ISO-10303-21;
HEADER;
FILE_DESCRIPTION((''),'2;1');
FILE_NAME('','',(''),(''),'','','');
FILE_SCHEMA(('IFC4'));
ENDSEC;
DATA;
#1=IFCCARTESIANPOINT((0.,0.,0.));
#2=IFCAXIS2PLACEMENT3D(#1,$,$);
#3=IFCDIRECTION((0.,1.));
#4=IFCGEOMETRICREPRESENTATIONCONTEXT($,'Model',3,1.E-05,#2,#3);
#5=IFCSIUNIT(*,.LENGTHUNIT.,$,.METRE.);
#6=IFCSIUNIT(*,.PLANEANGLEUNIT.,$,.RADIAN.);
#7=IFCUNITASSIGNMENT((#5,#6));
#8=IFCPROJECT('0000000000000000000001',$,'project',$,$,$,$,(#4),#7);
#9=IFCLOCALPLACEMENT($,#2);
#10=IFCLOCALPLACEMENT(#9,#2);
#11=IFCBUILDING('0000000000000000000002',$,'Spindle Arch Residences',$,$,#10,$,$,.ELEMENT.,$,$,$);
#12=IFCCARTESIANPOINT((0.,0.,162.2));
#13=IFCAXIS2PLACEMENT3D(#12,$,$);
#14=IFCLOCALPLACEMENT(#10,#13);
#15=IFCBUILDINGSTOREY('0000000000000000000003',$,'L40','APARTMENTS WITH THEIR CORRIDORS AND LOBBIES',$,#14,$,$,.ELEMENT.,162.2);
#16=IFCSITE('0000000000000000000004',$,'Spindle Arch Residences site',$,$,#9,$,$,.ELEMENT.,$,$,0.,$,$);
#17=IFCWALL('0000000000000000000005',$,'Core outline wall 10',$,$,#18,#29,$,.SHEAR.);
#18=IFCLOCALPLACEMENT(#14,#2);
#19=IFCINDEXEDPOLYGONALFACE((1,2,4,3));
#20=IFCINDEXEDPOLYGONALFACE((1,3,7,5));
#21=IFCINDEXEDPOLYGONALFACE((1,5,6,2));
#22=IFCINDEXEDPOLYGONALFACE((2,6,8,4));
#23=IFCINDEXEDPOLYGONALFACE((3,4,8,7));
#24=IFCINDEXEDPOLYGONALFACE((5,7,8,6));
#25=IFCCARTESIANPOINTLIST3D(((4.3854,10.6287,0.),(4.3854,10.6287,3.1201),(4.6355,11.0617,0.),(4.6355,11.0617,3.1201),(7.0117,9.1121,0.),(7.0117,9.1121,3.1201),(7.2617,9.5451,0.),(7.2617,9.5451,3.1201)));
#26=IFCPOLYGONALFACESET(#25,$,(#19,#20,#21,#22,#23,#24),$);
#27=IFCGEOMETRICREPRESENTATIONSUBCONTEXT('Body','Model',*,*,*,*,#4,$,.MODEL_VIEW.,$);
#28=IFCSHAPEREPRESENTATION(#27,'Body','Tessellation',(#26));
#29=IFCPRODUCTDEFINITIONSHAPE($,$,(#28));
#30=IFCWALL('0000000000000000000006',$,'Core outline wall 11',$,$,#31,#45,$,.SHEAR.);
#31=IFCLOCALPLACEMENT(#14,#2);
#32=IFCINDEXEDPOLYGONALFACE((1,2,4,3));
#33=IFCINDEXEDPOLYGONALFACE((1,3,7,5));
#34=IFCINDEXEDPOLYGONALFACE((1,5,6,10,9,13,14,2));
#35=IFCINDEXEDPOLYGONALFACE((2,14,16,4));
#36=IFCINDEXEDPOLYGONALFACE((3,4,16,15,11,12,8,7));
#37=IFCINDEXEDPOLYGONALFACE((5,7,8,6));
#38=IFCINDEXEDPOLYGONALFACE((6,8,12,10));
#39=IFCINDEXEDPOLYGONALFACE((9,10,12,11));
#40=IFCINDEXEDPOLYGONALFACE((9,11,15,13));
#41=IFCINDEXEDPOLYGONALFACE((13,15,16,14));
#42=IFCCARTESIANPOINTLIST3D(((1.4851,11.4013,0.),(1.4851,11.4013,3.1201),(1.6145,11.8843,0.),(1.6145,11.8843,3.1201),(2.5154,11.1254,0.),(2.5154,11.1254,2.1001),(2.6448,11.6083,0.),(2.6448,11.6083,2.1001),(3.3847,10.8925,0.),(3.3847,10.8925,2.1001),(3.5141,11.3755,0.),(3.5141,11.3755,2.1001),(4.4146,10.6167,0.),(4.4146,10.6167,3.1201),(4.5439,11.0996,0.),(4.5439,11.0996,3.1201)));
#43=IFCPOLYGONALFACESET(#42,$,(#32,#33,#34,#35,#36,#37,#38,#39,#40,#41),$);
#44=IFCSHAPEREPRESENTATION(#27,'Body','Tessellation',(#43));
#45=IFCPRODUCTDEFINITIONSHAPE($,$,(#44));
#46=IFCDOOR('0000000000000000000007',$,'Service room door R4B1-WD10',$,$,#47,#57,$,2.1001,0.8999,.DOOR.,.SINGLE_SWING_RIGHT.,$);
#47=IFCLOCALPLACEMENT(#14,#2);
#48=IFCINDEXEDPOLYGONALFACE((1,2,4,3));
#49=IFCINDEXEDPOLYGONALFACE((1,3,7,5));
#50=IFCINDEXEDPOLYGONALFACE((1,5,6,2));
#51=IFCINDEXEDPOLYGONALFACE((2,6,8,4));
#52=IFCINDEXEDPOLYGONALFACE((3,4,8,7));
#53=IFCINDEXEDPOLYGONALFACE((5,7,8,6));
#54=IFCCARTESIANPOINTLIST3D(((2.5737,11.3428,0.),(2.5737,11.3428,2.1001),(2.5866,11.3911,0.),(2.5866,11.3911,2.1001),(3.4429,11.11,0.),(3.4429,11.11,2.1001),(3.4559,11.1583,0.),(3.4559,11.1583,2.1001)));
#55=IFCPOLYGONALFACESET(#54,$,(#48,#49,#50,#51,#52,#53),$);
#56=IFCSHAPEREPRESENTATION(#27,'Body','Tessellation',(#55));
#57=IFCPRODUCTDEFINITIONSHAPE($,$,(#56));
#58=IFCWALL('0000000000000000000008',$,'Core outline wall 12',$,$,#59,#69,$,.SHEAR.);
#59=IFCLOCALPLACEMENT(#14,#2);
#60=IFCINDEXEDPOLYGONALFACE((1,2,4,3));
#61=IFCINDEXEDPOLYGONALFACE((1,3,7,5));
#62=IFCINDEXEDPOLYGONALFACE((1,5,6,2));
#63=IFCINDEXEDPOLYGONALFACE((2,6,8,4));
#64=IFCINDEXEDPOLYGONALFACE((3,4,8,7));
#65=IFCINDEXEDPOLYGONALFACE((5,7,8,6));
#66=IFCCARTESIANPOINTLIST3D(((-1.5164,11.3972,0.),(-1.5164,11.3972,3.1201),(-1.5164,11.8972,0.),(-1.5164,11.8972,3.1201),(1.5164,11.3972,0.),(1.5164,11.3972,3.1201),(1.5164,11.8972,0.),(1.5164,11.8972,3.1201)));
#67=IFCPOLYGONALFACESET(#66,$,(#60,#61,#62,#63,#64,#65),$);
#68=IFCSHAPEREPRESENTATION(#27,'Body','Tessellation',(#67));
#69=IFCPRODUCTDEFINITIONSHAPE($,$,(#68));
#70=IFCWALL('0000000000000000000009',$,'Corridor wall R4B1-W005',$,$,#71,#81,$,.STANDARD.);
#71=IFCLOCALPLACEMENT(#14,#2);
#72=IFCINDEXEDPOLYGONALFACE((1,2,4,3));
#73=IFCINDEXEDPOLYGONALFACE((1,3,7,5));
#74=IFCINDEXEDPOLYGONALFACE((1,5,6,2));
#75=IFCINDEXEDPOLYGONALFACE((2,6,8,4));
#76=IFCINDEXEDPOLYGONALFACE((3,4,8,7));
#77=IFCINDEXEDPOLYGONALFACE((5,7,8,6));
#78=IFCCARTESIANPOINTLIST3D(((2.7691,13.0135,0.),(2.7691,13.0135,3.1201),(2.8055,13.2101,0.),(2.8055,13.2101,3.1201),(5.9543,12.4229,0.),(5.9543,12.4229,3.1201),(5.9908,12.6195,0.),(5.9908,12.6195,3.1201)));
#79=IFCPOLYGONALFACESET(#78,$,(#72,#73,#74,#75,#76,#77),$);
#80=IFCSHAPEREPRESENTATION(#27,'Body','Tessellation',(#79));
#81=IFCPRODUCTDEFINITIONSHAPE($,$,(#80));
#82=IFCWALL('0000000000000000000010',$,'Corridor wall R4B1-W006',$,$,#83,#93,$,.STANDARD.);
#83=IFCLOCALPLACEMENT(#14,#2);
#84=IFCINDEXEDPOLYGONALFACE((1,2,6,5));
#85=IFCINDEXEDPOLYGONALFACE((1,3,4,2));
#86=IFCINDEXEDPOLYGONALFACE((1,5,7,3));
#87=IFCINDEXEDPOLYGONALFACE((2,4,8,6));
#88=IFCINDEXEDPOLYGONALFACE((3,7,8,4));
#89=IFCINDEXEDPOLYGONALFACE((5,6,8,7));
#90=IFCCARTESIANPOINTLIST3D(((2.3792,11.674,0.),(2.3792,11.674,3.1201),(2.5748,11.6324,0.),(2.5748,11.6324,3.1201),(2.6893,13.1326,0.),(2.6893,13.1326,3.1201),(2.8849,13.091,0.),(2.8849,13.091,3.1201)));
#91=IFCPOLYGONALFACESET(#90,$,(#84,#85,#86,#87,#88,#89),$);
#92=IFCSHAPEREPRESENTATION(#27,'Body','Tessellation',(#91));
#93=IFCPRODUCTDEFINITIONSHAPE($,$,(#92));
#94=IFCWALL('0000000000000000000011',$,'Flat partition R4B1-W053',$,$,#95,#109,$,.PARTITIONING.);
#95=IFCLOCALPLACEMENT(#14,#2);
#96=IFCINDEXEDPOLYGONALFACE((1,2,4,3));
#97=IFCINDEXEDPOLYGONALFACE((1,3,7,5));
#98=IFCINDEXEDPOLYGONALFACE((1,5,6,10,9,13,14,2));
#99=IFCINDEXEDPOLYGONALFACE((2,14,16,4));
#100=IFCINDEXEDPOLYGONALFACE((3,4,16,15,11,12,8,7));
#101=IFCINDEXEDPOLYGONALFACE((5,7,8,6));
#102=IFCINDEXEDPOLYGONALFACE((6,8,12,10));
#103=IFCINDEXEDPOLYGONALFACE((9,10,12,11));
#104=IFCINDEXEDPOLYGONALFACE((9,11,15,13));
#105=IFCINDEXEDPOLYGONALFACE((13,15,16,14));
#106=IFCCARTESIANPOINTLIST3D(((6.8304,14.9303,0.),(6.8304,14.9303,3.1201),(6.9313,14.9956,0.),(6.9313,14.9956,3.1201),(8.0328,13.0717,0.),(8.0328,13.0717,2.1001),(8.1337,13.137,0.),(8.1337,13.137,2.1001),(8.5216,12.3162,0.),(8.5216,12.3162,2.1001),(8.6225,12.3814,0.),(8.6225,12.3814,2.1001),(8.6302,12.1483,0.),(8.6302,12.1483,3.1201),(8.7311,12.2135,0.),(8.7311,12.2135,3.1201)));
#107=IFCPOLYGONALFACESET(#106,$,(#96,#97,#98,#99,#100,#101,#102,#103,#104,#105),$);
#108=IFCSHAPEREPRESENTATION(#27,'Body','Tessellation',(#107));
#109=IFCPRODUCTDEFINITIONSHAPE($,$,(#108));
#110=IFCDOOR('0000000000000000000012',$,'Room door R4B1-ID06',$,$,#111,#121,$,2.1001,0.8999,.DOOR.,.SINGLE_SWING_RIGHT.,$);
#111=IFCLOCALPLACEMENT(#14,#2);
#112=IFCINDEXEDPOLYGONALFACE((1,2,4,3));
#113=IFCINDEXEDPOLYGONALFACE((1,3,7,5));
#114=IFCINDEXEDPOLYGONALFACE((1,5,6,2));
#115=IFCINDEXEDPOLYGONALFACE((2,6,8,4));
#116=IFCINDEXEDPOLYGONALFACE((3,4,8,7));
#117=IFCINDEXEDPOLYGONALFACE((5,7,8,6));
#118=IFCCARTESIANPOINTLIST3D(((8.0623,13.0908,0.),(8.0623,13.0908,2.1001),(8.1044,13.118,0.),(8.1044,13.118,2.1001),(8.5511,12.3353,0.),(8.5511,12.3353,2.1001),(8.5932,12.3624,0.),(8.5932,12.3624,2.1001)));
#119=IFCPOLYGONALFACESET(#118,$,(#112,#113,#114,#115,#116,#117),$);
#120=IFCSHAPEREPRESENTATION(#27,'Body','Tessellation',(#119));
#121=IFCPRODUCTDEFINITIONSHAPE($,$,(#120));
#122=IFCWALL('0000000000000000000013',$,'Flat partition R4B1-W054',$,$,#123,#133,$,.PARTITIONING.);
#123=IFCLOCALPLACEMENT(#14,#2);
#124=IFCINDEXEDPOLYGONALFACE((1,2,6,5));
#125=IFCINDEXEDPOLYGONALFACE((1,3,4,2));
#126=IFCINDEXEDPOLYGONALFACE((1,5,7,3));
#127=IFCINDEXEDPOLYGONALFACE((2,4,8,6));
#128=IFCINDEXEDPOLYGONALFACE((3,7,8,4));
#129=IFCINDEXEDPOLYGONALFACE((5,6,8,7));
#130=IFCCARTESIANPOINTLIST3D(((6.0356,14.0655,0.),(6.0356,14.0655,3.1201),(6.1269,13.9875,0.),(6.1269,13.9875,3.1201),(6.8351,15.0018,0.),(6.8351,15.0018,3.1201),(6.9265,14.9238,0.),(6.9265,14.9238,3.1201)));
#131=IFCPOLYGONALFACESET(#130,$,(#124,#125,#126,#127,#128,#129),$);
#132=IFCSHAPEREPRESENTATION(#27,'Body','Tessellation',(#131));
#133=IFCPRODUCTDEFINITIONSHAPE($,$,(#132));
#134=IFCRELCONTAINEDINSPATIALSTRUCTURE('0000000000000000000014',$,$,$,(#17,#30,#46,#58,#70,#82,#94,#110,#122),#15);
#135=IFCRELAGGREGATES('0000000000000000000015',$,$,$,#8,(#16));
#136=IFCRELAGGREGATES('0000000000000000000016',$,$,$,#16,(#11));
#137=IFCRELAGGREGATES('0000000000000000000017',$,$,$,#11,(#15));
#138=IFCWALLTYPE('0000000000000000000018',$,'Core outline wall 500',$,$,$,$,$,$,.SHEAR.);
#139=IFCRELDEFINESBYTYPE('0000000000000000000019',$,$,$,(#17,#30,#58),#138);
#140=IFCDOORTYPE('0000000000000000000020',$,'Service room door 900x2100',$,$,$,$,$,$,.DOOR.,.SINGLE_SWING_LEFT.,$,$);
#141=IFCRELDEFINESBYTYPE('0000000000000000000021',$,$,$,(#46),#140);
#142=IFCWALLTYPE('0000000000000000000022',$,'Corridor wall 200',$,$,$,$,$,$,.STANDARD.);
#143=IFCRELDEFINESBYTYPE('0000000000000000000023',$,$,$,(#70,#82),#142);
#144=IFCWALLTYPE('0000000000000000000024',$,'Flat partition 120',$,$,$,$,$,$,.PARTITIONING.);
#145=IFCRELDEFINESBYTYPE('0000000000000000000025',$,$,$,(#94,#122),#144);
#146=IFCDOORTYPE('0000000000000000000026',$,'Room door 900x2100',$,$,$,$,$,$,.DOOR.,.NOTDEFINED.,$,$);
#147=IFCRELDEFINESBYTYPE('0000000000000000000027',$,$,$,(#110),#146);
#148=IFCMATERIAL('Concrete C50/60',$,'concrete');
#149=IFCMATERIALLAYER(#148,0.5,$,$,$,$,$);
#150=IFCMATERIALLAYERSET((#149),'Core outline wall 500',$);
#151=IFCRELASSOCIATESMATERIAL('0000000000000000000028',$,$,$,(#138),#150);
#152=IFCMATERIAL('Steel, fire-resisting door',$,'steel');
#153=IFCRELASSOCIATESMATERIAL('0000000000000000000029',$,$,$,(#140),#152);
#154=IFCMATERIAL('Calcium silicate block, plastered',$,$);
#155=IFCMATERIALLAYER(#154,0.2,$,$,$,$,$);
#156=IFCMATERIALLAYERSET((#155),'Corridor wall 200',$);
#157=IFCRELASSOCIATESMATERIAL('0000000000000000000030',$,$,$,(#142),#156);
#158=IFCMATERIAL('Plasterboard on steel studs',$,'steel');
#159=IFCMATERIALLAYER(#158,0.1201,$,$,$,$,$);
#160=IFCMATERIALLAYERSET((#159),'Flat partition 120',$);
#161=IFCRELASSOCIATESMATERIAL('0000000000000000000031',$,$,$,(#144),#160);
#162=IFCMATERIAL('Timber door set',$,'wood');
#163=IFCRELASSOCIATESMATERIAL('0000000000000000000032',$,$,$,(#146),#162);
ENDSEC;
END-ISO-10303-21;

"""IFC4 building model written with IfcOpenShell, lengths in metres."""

from ifc_helpers import new_model, si_unit, direction, frame, frame_2d, origin, place, context, subcontext, project, spatial, rectangle, extrude, material, layer, layer_set, type_object, element, fill, save


model = new_model("IFC4")

# Units and contexts
model_context = context("Model", 3, precision=1e-05, world=origin(), true_north=direction((0.0, 1.0)))
body_context = subcontext(model_context, "Body", "Model", "MODEL_VIEW")
ifc_project = project(units=[si_unit("LENGTHUNIT", "METRE"), si_unit("PLANEANGLEUNIT", "RADIAN")], contexts=[model_context])

# Site, building, storey
site_placement = place(None, origin())
site = spatial("IfcSite", under=ifc_project, at=site_placement, Name="Spindle Arch Residences site", CompositionType="ELEMENT", RefElevation=0.0)
building_placement = place(site_placement, origin())
building = spatial("IfcBuilding", under=site, at=building_placement, Name="Spindle Arch Residences", CompositionType="ELEMENT")
storey_placement = place(building_placement, frame((0.0, 0.0, 162.2)))
storey = spatial("IfcBuildingStorey", under=building, at=storey_placement, Name="L40", Description="APARTMENTS WITH THEIR CORRIDORS AND LOBBIES", CompositionType="ELEMENT", Elevation=162.2)

# Wall
ifc_material_1 = material(Name="Concrete C50/60", Category="concrete")
ifc_layer_1 = layer(ifc_material_1, 0.5)
ifc_layer_set_1 = layer_set([ifc_layer_1], Name="Core outline wall 500")
wall_type_1 = type_object("IfcWallType", Name="Core outline wall 500", PredefinedType="SHEAR", material=ifc_layer_set_1)
wall_1_placement = place(storey_placement, frame((7.1367, 9.3286, 0.0), z_axis=(0.0, 0.0, 1.0), x_axis=(-0.865975, 0.500087, 0.0)))
element("IfcWall", 1, at=wall_1_placement, inside=storey, type_object=wall_type_1, Name="Core outline wall 10", PredefinedType="SHEAR", context=body_context, shape_type="SweptSolid", body=[
    extrude(rectangle(XDim=3.0327, YDim=0.5, at=frame_2d((1.5164, 0.0))), origin(), (0.0, 0.0, 1.0), 3.1201),
])

# Wall, opening, door
wall_2_placement = place(storey_placement, frame((4.4792, 10.8582, 0.0), z_axis=(0.0, 0.0, 1.0), x_axis=(-0.965948, 0.258735, 0.0)))
wall_2 = element("IfcWall", 2, at=wall_2_placement, inside=storey, type_object=wall_type_1, Name="Core outline wall 11", PredefinedType="SHEAR", context=body_context, shape_type="SweptSolid", body=[
    extrude(rectangle(XDim=3.0327, YDim=0.5, at=frame_2d((1.5164, 0.0))), origin(), (0.0, 0.0, 1.0), 3.1201),
])
opening_1_placement = place(wall_2_placement, frame((1.0662, 0.0, 0.0)))
opening_1 = element("IfcOpeningElement", 3, at=opening_1_placement, cuts=wall_2, PredefinedType="OPENING", context=body_context, shape_type="SweptSolid", body=[
    extrude(rectangle(XDim=0.8999, YDim=2.1001, at=frame_2d((0.45, 1.05))), frame((0.0, 0.26, 0.0), z_axis=(0.0, -1.0, 0.0), x_axis=(1.0, 0.0, 0.0)), (0.0, 0.0, 1.0), 0.52),
])
ifc_material_2 = material(Name="Steel, fire-resisting door", Category="steel")
door_type_1 = type_object("IfcDoorType", Name="Service room door 900x2100", OperationType="SINGLE_SWING_LEFT", PredefinedType="DOOR", material=ifc_material_2)
door_1_placement = place(opening_1_placement, origin())
door_1 = element("IfcDoor", 4, at=door_1_placement, inside=storey, type_object=door_type_1, Name="Service room door R4B1-WD10", OperationType="SINGLE_SWING_RIGHT", OverallHeight=2.1001, OverallWidth=0.8999, PredefinedType="DOOR", context=body_context, shape_type="SweptSolid", body=[
    extrude(rectangle(XDim=0.8999, YDim=2.1001, at=frame_2d((0.45, 1.05))), frame((0.0, 0.0249, 0.0), z_axis=(0.0, -1.0, 0.0), x_axis=(1.0, 0.0, 0.0)), (0.0, 0.0, 1.0), 0.05),
])
fill(opening_1, door_1)

# Walls
wall_3_placement = place(storey_placement, frame((1.5164, 11.6472, 0.0), z_axis=(0.0, 0.0, 1.0), x_axis=(-1.0, 0.0, 0.0)))
element("IfcWall", 5, at=wall_3_placement, inside=storey, type_object=wall_type_1, Name="Core outline wall 12", PredefinedType="SHEAR", context=body_context, shape_type="SweptSolid", body=[
    extrude(rectangle(XDim=3.0327, YDim=0.5, at=frame_2d((1.5164, 0.0))), origin(), (0.0, 0.0, 1.0), 3.1201),
])
ifc_material_3 = material(Name="Calcium silicate block, plastered")
ifc_layer_2 = layer(ifc_material_3, 0.2)
ifc_layer_set_2 = layer_set([ifc_layer_2], Name="Corridor wall 200")
wall_type_2 = type_object("IfcWallType", Name="Corridor wall 200", PredefinedType="STANDARD", material=ifc_layer_set_2)
wall_4_placement = place(storey_placement, frame((5.9724, 12.5212, 0.0), z_axis=(0.0, 0.0, 1.0), x_axis=(-0.983243, 0.1823, 0.0)))
element("IfcWall", 6, at=wall_4_placement, inside=storey, type_object=wall_type_2, Name="Corridor wall R4B1-W005", PredefinedType="STANDARD", context=body_context, shape_type="SweptSolid", body=[
    extrude(rectangle(XDim=3.2395, YDim=0.2, at=frame_2d((1.6196, 0.0))), origin(), (0.0, 0.0, 1.0), 3.1201),
])
wall_5_placement = place(storey_placement, frame((2.7871, 13.1118, 0.0), z_axis=(0.0, 0.0, 1.0), x_axis=(-0.207941, -0.978141, 0.0)))
element("IfcWall", 7, at=wall_5_placement, inside=storey, type_object=wall_type_2, Name="Corridor wall R4B1-W006", PredefinedType="STANDARD", context=body_context, shape_type="SweptSolid", body=[
    extrude(rectangle(XDim=1.4912, YDim=0.2, at=frame_2d((0.7456, 0.0))), origin(), (0.0, 0.0, 1.0), 3.1201),
])

# Wall, opening, door
ifc_material_4 = material(Name="Plasterboard on steel studs", Category="steel")
ifc_layer_3 = layer(ifc_material_4, 0.1201)
ifc_layer_set_3 = layer_set([ifc_layer_3], Name="Flat partition 120")
wall_type_3 = type_object("IfcWallType", Name="Flat partition 120", PredefinedType="PARTITIONING", material=ifc_layer_set_3)
wall_6_placement = place(storey_placement, frame((8.6807, 12.1809, 0.0), z_axis=(0.0, 0.0, 1.0), x_axis=(-0.543187, 0.839612, 0.0)))
wall_6 = element("IfcWall", 8, at=wall_6_placement, inside=storey, type_object=wall_type_3, Name="Flat partition R4B1-W053", PredefinedType="PARTITIONING", context=body_context, shape_type="SweptSolid", body=[
    extrude(rectangle(XDim=3.3135, YDim=0.1201, at=frame_2d((1.6567, 0.0))), origin(), (0.0, 0.0, 1.0), 3.1201),
])
opening_2_placement = place(wall_6_placement, frame((0.2, 0.0, 0.0)))
opening_2 = element("IfcOpeningElement", 9, at=opening_2_placement, cuts=wall_6, PredefinedType="OPENING", context=body_context, shape_type="SweptSolid", body=[
    extrude(rectangle(XDim=0.8999, YDim=2.1001, at=frame_2d((0.45, 1.05))), frame((0.0, 0.0701, 0.0), z_axis=(0.0, -1.0, 0.0), x_axis=(1.0, 0.0, 0.0)), (0.0, 0.0, 1.0), 0.1401),
])
ifc_material_5 = material(Name="Timber door set", Category="wood")
door_type_2 = type_object("IfcDoorType", Name="Room door 900x2100", OperationType="NOTDEFINED", PredefinedType="DOOR", material=ifc_material_5)
door_2_placement = place(opening_2_placement, origin())
door_2 = element("IfcDoor", 10, at=door_2_placement, inside=storey, type_object=door_type_2, Name="Room door R4B1-ID06", OperationType="SINGLE_SWING_RIGHT", OverallHeight=2.1001, OverallWidth=0.8999, PredefinedType="DOOR", context=body_context, shape_type="SweptSolid", body=[
    extrude(rectangle(XDim=0.8999, YDim=2.1001, at=frame_2d((0.45, 1.05))), frame((0.0, 0.0249, 0.0), z_axis=(0.0, -1.0, 0.0), x_axis=(1.0, 0.0, 0.0)), (0.0, 0.0, 1.0), 0.05),
])
fill(opening_2, door_2)

# Wall
wall_7_placement = place(storey_placement, frame((6.8809, 14.9629, 0.0), z_axis=(0.0, 0.0, 1.0), x_axis=(-0.649402, -0.760445, 0.0)))
element("IfcWall", 11, at=wall_7_placement, inside=storey, type_object=wall_type_3, Name="Flat partition R4B1-W054", PredefinedType="PARTITIONING", context=body_context, shape_type="SweptSolid", body=[
    extrude(rectangle(XDim=1.2312, YDim=0.1201, at=frame_2d((0.6157, 0.0))), origin(), (0.0, 0.0, 1.0), 3.1201),
])

save(model, "model.ifc")
